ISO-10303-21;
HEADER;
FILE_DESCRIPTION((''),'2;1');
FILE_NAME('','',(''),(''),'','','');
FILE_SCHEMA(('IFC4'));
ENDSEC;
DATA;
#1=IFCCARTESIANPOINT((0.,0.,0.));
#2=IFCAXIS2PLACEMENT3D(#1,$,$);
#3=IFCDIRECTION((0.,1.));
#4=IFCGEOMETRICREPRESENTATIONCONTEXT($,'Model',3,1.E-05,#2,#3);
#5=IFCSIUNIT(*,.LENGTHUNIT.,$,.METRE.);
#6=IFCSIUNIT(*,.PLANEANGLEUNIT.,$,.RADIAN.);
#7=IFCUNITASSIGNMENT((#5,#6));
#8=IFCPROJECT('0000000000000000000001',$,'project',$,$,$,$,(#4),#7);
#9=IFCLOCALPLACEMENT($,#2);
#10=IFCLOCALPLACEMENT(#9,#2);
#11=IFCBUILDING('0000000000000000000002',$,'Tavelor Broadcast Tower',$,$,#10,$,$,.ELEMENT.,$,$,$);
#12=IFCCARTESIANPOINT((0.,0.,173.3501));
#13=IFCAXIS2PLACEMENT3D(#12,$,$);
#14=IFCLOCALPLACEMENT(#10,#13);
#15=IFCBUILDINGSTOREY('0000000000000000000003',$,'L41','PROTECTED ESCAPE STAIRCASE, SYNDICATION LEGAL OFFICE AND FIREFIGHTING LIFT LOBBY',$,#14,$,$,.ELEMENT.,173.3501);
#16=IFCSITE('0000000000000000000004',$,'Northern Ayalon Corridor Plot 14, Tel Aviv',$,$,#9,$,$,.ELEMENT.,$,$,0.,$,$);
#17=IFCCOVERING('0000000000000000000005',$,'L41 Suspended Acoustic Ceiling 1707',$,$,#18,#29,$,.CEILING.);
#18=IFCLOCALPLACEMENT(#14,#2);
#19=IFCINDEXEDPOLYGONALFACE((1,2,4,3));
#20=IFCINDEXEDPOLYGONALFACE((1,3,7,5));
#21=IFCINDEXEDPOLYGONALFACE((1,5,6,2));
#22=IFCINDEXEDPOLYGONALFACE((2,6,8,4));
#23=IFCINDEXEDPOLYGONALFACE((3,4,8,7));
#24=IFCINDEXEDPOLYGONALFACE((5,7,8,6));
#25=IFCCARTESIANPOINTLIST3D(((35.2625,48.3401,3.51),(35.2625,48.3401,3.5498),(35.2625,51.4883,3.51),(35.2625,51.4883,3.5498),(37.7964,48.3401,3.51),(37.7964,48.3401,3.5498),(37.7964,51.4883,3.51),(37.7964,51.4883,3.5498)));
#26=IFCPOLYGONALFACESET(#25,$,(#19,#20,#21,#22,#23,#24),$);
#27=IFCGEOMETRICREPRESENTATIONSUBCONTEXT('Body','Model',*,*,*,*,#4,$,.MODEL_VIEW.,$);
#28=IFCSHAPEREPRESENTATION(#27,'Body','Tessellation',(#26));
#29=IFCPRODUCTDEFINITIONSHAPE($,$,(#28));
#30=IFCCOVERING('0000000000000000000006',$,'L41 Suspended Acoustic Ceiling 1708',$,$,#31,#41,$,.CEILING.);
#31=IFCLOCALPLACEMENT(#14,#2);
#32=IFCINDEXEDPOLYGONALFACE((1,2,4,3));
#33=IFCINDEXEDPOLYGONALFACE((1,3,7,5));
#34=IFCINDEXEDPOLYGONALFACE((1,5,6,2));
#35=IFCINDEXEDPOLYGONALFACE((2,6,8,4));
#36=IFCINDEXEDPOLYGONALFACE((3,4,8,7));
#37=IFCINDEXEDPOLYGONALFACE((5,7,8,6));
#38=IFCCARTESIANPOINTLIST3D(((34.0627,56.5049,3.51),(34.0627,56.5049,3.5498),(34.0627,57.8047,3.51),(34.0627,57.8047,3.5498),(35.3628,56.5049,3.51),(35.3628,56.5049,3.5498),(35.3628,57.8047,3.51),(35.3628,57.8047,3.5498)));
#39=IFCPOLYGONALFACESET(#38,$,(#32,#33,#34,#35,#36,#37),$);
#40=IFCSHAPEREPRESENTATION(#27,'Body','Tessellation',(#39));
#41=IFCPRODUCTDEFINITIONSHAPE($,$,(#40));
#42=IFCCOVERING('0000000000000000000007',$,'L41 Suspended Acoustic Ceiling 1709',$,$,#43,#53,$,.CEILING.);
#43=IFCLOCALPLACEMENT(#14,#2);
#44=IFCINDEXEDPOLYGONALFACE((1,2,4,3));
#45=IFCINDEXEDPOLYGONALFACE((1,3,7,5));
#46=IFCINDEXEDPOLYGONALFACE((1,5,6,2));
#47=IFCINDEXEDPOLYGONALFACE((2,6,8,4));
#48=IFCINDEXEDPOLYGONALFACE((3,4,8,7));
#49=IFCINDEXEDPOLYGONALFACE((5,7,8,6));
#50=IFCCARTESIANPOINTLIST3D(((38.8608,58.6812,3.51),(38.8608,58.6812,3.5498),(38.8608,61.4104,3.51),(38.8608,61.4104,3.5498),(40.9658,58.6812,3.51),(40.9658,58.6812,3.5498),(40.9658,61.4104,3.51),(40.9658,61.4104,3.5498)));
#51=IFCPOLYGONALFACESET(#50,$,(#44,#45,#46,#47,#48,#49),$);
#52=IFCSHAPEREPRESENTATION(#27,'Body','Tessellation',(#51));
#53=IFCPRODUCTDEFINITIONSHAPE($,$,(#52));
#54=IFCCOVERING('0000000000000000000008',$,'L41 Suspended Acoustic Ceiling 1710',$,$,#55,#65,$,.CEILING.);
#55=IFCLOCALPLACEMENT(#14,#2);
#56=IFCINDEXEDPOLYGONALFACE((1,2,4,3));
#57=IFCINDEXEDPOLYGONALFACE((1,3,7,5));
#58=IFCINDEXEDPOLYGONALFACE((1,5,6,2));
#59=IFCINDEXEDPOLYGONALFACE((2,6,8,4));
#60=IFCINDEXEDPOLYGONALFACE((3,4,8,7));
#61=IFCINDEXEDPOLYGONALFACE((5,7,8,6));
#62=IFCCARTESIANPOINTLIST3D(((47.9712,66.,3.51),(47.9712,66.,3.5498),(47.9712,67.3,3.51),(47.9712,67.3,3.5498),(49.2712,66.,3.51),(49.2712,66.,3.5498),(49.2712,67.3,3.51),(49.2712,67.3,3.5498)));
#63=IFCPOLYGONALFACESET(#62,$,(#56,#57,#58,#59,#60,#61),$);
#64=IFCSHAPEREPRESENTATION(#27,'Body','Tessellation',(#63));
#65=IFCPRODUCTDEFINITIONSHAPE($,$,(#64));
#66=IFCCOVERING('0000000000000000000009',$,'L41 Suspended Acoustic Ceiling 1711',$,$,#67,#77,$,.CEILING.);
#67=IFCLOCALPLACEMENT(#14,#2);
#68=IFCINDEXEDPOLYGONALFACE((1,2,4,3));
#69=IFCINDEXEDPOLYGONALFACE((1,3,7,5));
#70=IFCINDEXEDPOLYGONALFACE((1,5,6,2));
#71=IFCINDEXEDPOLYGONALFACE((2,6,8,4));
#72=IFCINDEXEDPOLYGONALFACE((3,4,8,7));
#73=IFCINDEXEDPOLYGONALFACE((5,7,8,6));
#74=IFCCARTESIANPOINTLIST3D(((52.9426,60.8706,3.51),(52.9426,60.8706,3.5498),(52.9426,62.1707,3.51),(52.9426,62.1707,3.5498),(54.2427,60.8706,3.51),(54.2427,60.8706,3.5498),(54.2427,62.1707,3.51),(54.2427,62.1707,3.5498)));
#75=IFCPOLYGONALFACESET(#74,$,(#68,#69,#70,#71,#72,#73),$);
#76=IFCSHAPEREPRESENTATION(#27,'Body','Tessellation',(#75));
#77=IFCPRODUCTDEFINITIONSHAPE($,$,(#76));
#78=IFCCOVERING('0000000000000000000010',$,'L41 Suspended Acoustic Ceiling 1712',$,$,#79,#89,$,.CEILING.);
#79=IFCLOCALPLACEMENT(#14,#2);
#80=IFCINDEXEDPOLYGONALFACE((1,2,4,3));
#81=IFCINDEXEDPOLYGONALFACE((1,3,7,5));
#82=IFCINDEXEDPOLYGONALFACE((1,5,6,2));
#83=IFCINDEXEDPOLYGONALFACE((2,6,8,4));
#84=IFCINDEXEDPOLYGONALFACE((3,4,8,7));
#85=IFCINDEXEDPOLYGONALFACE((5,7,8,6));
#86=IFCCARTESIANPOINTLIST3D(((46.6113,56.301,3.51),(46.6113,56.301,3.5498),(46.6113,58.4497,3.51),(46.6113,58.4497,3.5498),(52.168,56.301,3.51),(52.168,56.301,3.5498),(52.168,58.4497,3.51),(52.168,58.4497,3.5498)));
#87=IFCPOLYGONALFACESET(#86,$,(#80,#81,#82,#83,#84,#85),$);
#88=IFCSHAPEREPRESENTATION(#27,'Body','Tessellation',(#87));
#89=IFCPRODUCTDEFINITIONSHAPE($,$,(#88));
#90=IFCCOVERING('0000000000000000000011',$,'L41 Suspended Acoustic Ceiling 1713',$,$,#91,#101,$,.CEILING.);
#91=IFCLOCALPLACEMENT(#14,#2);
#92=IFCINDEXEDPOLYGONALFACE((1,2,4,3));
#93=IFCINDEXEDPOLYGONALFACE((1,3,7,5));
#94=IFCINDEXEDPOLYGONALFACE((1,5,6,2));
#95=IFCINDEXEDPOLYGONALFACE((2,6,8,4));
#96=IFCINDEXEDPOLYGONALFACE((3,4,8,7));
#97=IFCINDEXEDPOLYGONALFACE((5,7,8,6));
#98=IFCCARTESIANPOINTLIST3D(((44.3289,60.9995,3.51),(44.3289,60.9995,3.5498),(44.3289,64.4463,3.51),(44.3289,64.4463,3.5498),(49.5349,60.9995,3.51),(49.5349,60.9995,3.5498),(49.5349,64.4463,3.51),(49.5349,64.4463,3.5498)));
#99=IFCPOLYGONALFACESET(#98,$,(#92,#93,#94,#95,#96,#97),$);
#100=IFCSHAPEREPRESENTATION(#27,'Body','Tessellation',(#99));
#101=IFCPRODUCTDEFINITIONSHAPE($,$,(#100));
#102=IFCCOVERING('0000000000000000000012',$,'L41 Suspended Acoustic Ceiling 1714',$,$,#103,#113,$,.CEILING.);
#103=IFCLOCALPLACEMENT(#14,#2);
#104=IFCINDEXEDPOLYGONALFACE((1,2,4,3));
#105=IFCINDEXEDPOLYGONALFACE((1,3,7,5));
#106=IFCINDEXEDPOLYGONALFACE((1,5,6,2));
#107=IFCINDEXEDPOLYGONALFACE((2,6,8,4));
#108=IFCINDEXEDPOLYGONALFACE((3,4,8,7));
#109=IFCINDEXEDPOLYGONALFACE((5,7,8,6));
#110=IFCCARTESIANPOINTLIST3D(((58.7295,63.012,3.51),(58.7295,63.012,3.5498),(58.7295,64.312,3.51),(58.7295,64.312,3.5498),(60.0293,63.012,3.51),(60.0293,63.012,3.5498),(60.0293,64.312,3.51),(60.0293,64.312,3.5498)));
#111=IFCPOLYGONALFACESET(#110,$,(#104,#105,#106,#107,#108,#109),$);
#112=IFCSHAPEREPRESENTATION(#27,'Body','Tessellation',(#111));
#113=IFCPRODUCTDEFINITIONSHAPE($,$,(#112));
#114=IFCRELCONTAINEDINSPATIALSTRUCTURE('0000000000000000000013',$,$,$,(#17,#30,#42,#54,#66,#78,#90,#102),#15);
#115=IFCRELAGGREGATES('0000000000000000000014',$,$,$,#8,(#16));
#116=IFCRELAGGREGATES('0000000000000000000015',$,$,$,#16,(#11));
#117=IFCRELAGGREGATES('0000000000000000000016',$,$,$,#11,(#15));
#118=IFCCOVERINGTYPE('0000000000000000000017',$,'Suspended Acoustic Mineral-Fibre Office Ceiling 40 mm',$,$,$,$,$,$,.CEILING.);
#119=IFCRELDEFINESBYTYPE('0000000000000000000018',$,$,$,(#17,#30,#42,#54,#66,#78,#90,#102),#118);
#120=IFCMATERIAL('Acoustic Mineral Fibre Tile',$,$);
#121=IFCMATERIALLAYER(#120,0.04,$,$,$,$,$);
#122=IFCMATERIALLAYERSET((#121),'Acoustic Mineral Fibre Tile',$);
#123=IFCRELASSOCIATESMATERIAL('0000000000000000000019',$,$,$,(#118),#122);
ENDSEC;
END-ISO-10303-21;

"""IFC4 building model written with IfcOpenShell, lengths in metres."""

from ifc_helpers import new_model, si_unit, direction, frame, origin, place, context, subcontext, project, spatial, polyline, outline, extrude, material, layer, layer_set, type_object, element, save


model = new_model("IFC4")

# Units and contexts
model_context = context("Model", 3, precision=1e-05, world=origin(), true_north=direction((0.0, 1.0)))
body_context = subcontext(model_context, "Body", "Model", "MODEL_VIEW")
ifc_project = project(units=[si_unit("LENGTHUNIT", "METRE"), si_unit("PLANEANGLEUNIT", "RADIAN")], contexts=[model_context])

# Site, building, storey
site_placement = place(None, origin())
site = spatial("IfcSite", under=ifc_project, at=site_placement, Name="Northern Ayalon Corridor Plot 14, Tel Aviv", CompositionType="ELEMENT", RefElevation=0.0)
building_placement = place(site_placement, origin())
building = spatial("IfcBuilding", under=site, at=building_placement, Name="Tavelor Broadcast Tower", CompositionType="ELEMENT")
storey_placement = place(building_placement, frame((0.0, 0.0, 173.3501)))
storey = spatial("IfcBuildingStorey", under=building, at=storey_placement, Name="L41", Description="PROTECTED ESCAPE STAIRCASE, SYNDICATION LEGAL OFFICE AND FIREFIGHTING LIFT LOBBY", CompositionType="ELEMENT", Elevation=173.3501)

# Coverings
ifc_material_1 = material(Name="Acoustic Mineral Fibre Tile")
ifc_layer_1 = layer(ifc_material_1, 0.04)
ifc_layer_set_1 = layer_set([ifc_layer_1], Name="Acoustic Mineral Fibre Tile")
covering_type_1 = type_object("IfcCoveringType", Name="Suspended Acoustic Mineral-Fibre Office Ceiling 40 mm", PredefinedType="CEILING", material=ifc_layer_set_1)
covering_1_placement = place(storey_placement, frame((0.0, 0.0, 3.51)))
element("IfcCovering", 1, at=covering_1_placement, inside=storey, type_object=covering_type_1, Name="L41 Suspended Acoustic Ceiling 1707", PredefinedType="CEILING", context=body_context, shape_type="SweptSolid", body=[
    extrude(outline(polyline([(35.2625, 48.3401), (37.7964, 48.3401), (37.7964, 51.4883), (35.2625, 51.4883), (35.2625, 48.3401)])), origin(), (0.0, 0.0, 1.0), 0.0398),
])
covering_2_placement = place(storey_placement, frame((0.0, 0.0, 3.51)))
element("IfcCovering", 2, at=covering_2_placement, inside=storey, type_object=covering_type_1, Name="L41 Suspended Acoustic Ceiling 1708", PredefinedType="CEILING", context=body_context, shape_type="SweptSolid", body=[
    extrude(outline(polyline([(34.0627, 56.5049), (35.3628, 56.5049), (35.3628, 57.8047), (34.0627, 57.8047), (34.0627, 56.5049)])), origin(), (0.0, 0.0, 1.0), 0.0398),
])
covering_3_placement = place(storey_placement, frame((0.0, 0.0, 3.51)))
element("IfcCovering", 3, at=covering_3_placement, inside=storey, type_object=covering_type_1, Name="L41 Suspended Acoustic Ceiling 1709", PredefinedType="CEILING", context=body_context, shape_type="SweptSolid", body=[
    extrude(outline(polyline([(38.8608, 58.6812), (40.9658, 58.6812), (40.9658, 61.4104), (38.8608, 61.4104), (38.8608, 58.6812)])), origin(), (0.0, 0.0, 1.0), 0.0398),
])
covering_4_placement = place(storey_placement, frame((0.0, 0.0, 3.51)))
element("IfcCovering", 4, at=covering_4_placement, inside=storey, type_object=covering_type_1, Name="L41 Suspended Acoustic Ceiling 1710", PredefinedType="CEILING", context=body_context, shape_type="SweptSolid", body=[
    extrude(outline(polyline([(47.9712, 66.0), (49.2712, 66.0), (49.2712, 67.3), (47.9712, 67.3), (47.9712, 66.0)])), origin(), (0.0, 0.0, 1.0), 0.0398),
])
covering_5_placement = place(storey_placement, frame((0.0, 0.0, 3.51)))
element("IfcCovering", 5, at=covering_5_placement, inside=storey, type_object=covering_type_1, Name="L41 Suspended Acoustic Ceiling 1711", PredefinedType="CEILING", context=body_context, shape_type="SweptSolid", body=[
    extrude(outline(polyline([(52.9426, 60.8706), (54.2427, 60.8706), (54.2427, 62.1707), (52.9426, 62.1707), (52.9426, 60.8706)])), origin(), (0.0, 0.0, 1.0), 0.0398),
])
covering_6_placement = place(storey_placement, frame((0.0, 0.0, 3.51)))
element("IfcCovering", 6, at=covering_6_placement, inside=storey, type_object=covering_type_1, Name="L41 Suspended Acoustic Ceiling 1712", PredefinedType="CEILING", context=body_context, shape_type="SweptSolid", body=[
    extrude(outline(polyline([(46.6113, 56.301), (52.168, 56.301), (52.168, 58.4497), (46.6113, 58.4497), (46.6113, 56.301)])), origin(), (0.0, 0.0, 1.0), 0.0398),
])
covering_7_placement = place(storey_placement, frame((0.0, 0.0, 3.51)))
element("IfcCovering", 7, at=covering_7_placement, inside=storey, type_object=covering_type_1, Name="L41 Suspended Acoustic Ceiling 1713", PredefinedType="CEILING", context=body_context, shape_type="SweptSolid", body=[
    extrude(outline(polyline([(44.3289, 60.9995), (49.5349, 60.9995), (49.5349, 64.4463), (44.3289, 64.4463), (44.3289, 60.9995)])), origin(), (0.0, 0.0, 1.0), 0.0398),
])
covering_8_placement = place(storey_placement, frame((0.0, 0.0, 3.51)))
element("IfcCovering", 8, at=covering_8_placement, inside=storey, type_object=covering_type_1, Name="L41 Suspended Acoustic Ceiling 1714", PredefinedType="CEILING", context=body_context, shape_type="SweptSolid", body=[
    extrude(outline(polyline([(58.7295, 63.012), (60.0293, 63.012), (60.0293, 64.312), (58.7295, 64.312), (58.7295, 63.012)])), origin(), (0.0, 0.0, 1.0), 0.0398),
])

save(model, "model.ifc")
